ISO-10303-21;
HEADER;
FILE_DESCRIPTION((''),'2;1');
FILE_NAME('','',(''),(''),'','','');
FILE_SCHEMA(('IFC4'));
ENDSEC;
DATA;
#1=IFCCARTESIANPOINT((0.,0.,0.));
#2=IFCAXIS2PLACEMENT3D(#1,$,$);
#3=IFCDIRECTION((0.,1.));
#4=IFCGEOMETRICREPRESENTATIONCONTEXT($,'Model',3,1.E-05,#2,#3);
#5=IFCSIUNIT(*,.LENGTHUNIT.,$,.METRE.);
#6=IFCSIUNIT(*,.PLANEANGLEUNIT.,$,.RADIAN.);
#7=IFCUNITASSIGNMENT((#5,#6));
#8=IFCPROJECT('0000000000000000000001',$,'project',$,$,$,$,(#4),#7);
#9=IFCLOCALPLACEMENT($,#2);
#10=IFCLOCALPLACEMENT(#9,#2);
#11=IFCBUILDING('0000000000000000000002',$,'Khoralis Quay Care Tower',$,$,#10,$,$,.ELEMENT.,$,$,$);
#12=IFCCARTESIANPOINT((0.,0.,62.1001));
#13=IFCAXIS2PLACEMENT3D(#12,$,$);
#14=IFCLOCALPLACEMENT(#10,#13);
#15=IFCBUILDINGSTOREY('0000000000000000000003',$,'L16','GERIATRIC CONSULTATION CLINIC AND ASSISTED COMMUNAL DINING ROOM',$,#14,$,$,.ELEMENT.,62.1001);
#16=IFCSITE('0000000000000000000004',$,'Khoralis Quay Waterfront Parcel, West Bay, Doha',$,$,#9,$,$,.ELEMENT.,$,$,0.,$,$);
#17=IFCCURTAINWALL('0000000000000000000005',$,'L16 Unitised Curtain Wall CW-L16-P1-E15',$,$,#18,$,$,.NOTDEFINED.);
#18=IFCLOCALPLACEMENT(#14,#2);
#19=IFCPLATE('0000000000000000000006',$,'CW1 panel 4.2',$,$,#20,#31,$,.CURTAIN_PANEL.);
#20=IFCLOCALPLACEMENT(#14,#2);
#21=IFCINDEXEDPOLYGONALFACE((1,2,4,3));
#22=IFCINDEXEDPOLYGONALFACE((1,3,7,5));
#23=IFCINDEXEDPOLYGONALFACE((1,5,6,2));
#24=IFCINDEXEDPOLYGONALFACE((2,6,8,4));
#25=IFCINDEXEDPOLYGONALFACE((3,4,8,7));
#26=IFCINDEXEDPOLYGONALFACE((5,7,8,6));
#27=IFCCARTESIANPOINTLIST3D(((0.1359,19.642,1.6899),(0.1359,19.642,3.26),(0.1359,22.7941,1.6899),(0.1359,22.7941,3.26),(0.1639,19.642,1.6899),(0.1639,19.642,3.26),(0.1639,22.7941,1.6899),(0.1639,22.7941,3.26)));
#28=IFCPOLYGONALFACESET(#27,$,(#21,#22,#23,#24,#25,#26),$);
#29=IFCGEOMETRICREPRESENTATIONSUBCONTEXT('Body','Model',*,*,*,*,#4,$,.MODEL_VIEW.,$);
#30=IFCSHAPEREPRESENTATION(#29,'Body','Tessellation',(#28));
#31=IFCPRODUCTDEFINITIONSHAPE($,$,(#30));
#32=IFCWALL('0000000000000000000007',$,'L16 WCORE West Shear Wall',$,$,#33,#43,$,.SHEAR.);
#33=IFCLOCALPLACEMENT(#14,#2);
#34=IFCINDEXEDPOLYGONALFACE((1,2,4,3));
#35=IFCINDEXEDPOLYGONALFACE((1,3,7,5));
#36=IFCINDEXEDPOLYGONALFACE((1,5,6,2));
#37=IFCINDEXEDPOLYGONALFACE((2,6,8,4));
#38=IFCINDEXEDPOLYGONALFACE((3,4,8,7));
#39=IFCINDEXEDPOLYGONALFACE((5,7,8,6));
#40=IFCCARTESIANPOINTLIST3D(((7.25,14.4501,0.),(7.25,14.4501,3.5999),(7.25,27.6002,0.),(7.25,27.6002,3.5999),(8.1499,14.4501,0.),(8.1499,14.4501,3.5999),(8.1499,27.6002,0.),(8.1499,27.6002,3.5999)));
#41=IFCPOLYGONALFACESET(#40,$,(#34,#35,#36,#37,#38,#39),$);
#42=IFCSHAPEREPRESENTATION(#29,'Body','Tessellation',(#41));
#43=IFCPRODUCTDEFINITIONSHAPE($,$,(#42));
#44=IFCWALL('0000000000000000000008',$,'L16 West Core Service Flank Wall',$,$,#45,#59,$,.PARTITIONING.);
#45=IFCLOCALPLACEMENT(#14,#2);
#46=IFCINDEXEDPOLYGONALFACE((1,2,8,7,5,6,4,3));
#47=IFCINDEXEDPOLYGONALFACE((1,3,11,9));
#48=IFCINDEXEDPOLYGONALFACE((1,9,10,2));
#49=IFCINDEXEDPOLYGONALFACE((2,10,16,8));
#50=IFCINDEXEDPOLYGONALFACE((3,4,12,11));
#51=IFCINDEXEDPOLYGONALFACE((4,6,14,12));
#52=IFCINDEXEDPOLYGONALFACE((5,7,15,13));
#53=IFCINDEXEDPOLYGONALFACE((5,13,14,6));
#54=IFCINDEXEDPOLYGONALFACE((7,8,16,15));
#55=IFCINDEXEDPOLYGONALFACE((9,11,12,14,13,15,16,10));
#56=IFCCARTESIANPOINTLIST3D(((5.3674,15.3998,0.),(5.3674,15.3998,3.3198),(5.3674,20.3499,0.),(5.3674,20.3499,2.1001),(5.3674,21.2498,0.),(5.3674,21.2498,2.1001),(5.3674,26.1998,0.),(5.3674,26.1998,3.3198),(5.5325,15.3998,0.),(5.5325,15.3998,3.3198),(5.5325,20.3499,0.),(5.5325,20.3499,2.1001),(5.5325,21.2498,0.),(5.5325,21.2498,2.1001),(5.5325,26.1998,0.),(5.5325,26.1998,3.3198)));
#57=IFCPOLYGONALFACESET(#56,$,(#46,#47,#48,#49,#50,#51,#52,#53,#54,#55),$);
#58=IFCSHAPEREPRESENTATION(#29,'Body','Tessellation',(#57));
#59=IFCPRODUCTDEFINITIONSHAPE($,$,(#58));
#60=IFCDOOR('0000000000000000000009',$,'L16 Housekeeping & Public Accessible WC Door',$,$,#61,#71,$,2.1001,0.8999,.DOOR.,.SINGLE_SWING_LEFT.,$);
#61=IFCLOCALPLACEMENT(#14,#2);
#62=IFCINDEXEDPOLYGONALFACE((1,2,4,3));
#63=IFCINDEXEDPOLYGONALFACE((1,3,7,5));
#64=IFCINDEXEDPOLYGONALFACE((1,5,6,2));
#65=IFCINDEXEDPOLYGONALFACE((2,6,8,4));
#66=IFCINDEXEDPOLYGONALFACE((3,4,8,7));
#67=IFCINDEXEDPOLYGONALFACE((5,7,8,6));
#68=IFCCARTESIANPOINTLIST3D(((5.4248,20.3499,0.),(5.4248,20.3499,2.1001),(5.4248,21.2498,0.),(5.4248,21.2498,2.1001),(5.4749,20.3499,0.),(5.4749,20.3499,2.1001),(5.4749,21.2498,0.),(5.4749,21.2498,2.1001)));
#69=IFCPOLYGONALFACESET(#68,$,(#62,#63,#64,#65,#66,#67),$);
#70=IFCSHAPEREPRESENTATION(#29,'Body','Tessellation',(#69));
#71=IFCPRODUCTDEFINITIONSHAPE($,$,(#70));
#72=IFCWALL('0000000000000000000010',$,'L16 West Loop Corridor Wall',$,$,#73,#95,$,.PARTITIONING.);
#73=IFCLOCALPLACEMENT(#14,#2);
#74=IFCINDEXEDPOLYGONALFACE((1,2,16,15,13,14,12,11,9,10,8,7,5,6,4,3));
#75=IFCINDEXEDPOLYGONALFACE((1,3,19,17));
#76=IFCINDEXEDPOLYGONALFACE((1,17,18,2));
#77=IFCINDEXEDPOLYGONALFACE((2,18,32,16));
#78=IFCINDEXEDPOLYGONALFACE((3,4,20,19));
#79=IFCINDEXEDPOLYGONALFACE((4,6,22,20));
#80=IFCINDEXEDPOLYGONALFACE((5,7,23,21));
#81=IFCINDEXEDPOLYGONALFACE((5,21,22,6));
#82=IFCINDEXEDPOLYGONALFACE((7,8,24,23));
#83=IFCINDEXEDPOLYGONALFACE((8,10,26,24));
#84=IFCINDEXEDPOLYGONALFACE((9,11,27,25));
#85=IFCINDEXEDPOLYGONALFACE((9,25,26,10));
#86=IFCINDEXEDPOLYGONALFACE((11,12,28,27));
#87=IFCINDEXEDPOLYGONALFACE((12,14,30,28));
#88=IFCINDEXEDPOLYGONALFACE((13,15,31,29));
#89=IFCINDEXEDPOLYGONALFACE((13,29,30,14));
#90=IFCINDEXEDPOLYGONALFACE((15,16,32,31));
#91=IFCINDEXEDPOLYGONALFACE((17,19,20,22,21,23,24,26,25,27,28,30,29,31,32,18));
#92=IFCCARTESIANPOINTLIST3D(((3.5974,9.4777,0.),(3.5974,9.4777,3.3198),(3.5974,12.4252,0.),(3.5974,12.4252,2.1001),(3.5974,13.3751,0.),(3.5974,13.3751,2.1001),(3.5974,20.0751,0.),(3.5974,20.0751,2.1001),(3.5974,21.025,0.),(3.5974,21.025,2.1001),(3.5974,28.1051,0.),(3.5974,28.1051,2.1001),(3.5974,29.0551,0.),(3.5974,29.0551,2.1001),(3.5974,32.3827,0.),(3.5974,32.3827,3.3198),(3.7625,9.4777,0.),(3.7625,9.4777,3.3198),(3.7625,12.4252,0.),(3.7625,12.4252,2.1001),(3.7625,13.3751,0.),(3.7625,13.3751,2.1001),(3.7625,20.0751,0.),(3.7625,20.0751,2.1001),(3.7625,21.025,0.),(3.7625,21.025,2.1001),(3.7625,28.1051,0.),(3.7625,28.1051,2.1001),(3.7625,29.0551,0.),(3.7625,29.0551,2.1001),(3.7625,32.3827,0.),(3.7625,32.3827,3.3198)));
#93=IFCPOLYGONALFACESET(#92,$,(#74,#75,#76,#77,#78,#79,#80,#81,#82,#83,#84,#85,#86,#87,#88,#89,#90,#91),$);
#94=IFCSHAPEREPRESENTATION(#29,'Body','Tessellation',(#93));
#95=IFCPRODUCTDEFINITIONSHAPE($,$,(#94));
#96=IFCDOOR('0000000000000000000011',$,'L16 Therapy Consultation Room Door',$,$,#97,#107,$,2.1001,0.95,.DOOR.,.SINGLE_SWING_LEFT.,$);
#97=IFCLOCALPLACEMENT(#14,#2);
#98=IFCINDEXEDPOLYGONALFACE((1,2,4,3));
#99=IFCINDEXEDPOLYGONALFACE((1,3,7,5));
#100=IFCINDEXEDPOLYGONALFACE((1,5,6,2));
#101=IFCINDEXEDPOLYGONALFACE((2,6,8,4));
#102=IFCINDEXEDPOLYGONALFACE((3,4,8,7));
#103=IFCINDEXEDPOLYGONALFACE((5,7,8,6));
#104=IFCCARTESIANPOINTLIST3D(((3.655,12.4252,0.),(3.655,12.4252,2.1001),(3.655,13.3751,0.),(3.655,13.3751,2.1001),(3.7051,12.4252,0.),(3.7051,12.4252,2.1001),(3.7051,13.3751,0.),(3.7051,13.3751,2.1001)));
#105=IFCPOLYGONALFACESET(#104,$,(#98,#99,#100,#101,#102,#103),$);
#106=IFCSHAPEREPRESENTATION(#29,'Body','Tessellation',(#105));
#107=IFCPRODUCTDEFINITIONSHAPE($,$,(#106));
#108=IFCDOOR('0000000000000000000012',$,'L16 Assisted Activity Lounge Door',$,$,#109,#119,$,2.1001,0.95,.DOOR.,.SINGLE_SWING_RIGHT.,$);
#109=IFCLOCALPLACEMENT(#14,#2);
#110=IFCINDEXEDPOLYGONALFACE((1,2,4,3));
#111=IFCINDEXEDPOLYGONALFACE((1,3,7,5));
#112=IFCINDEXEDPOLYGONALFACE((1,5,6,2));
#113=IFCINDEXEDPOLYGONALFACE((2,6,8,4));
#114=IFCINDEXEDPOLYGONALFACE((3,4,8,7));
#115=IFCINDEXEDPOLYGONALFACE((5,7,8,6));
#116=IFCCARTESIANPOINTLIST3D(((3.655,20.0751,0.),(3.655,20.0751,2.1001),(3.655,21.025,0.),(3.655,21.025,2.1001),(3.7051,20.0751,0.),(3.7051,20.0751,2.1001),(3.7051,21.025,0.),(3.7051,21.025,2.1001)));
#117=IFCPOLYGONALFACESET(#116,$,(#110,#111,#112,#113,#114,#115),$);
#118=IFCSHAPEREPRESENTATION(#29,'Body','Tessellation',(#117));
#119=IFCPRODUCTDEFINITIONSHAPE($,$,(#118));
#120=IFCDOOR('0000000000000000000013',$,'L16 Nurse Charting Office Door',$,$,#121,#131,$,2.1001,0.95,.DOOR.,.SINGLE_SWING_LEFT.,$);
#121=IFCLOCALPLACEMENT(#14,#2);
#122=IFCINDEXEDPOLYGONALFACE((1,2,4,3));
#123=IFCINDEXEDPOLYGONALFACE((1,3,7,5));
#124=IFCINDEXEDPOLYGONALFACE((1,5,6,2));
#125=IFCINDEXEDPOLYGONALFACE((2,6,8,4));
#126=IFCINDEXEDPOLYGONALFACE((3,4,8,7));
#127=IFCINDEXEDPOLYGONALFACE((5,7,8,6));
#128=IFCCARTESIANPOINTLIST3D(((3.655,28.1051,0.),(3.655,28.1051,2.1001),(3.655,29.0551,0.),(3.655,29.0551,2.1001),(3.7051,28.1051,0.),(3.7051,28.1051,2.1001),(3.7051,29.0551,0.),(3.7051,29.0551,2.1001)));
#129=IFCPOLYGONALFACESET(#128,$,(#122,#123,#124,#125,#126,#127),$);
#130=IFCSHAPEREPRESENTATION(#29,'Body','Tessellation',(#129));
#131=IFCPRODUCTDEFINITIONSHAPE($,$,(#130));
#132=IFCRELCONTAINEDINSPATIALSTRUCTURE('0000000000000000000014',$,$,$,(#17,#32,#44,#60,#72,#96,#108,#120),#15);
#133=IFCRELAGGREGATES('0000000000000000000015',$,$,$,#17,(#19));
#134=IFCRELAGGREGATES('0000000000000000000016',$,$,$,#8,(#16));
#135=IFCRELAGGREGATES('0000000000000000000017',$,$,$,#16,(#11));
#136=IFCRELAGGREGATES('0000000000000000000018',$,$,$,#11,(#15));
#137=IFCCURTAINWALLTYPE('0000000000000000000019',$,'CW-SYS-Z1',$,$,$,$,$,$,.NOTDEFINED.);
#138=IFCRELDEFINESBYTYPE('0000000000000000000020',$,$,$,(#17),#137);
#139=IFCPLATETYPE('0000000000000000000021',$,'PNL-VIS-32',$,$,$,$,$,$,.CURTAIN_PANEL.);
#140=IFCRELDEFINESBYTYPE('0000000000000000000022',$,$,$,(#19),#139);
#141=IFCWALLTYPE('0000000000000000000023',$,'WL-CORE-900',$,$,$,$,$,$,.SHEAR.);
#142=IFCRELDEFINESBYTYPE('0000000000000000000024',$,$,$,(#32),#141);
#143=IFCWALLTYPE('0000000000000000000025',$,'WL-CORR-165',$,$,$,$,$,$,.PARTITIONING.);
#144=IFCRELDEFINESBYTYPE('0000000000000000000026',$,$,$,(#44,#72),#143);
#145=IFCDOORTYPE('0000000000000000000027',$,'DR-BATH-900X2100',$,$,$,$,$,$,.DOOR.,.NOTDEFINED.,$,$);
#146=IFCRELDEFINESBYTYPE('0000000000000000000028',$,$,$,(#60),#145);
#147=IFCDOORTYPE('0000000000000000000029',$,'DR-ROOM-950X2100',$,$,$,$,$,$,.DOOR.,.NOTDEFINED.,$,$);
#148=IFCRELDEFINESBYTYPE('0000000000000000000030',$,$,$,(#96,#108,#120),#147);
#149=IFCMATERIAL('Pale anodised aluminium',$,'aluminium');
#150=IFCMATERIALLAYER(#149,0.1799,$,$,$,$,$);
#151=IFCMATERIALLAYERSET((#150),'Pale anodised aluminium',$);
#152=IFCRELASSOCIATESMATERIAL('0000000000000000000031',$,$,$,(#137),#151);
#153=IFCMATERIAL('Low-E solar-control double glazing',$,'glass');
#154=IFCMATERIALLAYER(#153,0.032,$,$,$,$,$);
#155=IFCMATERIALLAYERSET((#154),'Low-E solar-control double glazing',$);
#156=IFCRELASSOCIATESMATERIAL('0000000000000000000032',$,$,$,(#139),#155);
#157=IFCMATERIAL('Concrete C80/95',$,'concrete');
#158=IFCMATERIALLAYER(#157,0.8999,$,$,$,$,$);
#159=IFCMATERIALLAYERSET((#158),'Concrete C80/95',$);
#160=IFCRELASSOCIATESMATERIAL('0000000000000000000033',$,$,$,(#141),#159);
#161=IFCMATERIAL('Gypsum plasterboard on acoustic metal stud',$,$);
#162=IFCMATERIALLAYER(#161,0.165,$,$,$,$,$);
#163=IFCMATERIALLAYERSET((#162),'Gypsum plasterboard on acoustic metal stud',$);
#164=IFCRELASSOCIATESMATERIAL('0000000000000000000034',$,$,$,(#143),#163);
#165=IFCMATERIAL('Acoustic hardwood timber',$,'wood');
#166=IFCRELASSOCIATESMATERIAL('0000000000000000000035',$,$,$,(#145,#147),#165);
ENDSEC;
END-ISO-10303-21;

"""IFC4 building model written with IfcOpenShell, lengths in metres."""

from ifc_helpers import new_model, si_unit, direction, frame, frame_2d, origin, origin_2d, place, context, subcontext, project, spatial, rectangle, extrude, source, transform, mapped, material, layer, layer_set, type_object, element, fill, aggregate, save


model = new_model("IFC4")

# Units and contexts
model_context = context("Model", 3, precision=1e-05, world=origin(), true_north=direction((0.0, 1.0)))
body_context = subcontext(model_context, "Body", "Model", "MODEL_VIEW")
ifc_project = project(units=[si_unit("LENGTHUNIT", "METRE"), si_unit("PLANEANGLEUNIT", "RADIAN")], contexts=[model_context])

# Site, building, storey
site_placement = place(None, origin())
site = spatial("IfcSite", under=ifc_project, at=site_placement, Name="Khoralis Quay Waterfront Parcel, West Bay, Doha", CompositionType="ELEMENT", RefElevation=0.0)
building_placement = place(site_placement, origin())
building = spatial("IfcBuilding", under=site, at=building_placement, Name="Khoralis Quay Care Tower", CompositionType="ELEMENT")
storey_placement = place(building_placement, frame((0.0, 0.0, 62.1001)))
storey = spatial("IfcBuildingStorey", under=building, at=storey_placement, Name="L16", Description="GERIATRIC CONSULTATION CLINIC AND ASSISTED COMMUNAL DINING ROOM", CompositionType="ELEMENT", Elevation=62.1001)

# Shared definitions
ifc_material_1 = material(Name="Concrete C80/95", Category="concrete")

# Curtain wall, plate
ifc_material_2 = material(Name="Pale anodised aluminium", Category="aluminium")
ifc_layer_1 = layer(ifc_material_2, 0.1799)
ifc_layer_set_1 = layer_set([ifc_layer_1], Name="Pale anodised aluminium")
curtain_wall_type = type_object("IfcCurtainWallType", Name="CW-SYS-Z1", PredefinedType="NOTDEFINED", material=ifc_layer_set_1)
curtain_wall_placement = place(storey_placement, origin())
curtain_wall = element("IfcCurtainWall", 1, at=curtain_wall_placement, inside=storey, type_object=curtain_wall_type, Name="L16 Unitised Curtain Wall CW-L16-P1-E15", PredefinedType="NOTDEFINED")
ifc_material_3 = material(Name="Low-E solar-control double glazing", Category="glass")
ifc_layer_2 = layer(ifc_material_3, 0.032)
ifc_layer_set_2 = layer_set([ifc_layer_2], Name="Low-E solar-control double glazing")
plate_type = type_object("IfcPlateType", Name="PNL-VIS-32", PredefinedType="CURTAIN_PANEL", material=ifc_layer_set_2)
shared_shape_1 = source(origin(), body_context, "Body", "SweptSolid", [
    extrude(rectangle(XDim=3.1521, YDim=0.0281, at=origin_2d()), origin(), (0.0, 0.0, 1.0), 1.5701),
])
plate_1_placement = place(storey_placement, frame((0.1499, 21.218, 1.6899), z_axis=(0.0, 0.0, 1.0), x_axis=(0.0, -1.0, 0.0)))
plate_1 = element("IfcPlate", 2, at=plate_1_placement, type_object=plate_type, Name="CW1 panel 4.2", PredefinedType="CURTAIN_PANEL", context=body_context, shape_type="MappedRepresentation", body=[
    mapped(shared_shape_1, transform((0.0, 0.0, 0.0), scale=1.0)),
])
aggregate(curtain_wall, [plate_1])

# Wall
ifc_layer_3 = layer(ifc_material_1, 0.8999)
ifc_layer_set_3 = layer_set([ifc_layer_3], Name="Concrete C80/95")
wall_type_1 = type_object("IfcWallType", Name="WL-CORE-900", PredefinedType="SHEAR", material=ifc_layer_set_3)
wall_1_placement = place(storey_placement, frame((7.7, 14.45, 0.0), z_axis=(0.0, 0.0, 1.0), x_axis=(0.0, 1.0, 0.0)))
element("IfcWall", 3, at=wall_1_placement, inside=storey, type_object=wall_type_1, Name="L16 WCORE West Shear Wall", PredefinedType="SHEAR", context=body_context, shape_type="SweptSolid", body=[
    extrude(rectangle(XDim=13.1501, YDim=0.8999, at=frame_2d((6.5752, 0.0))), origin(), (0.0, 0.0, 1.0), 3.5999),
])

# Wall, opening, door
ifc_material_4 = material(Name="Gypsum plasterboard on acoustic metal stud")
ifc_layer_4 = layer(ifc_material_4, 0.165)
ifc_layer_set_4 = layer_set([ifc_layer_4], Name="Gypsum plasterboard on acoustic metal stud")
wall_type_2 = type_object("IfcWallType", Name="WL-CORR-165", PredefinedType="PARTITIONING", material=ifc_layer_set_4)
wall_2_placement = place(storey_placement, frame((5.45, 15.3999, 0.0), z_axis=(0.0, 0.0, 1.0), x_axis=(0.0, 1.0, 0.0)))
wall_2 = element("IfcWall", 4, at=wall_2_placement, inside=storey, type_object=wall_type_2, Name="L16 West Core Service Flank Wall", PredefinedType="PARTITIONING", context=body_context, shape_type="SweptSolid", body=[
    extrude(rectangle(XDim=10.8, YDim=0.165, at=frame_2d((5.3999, 0.0))), origin(), (0.0, 0.0, 1.0), 3.3198),
])
opening_1_placement = place(wall_2_placement, frame((4.95, 0.0, 0.0)))
opening_1 = element("IfcOpeningElement", 5, at=opening_1_placement, cuts=wall_2, PredefinedType="OPENING", context=body_context, shape_type="SweptSolid", body=[
    extrude(rectangle(XDim=0.8999, YDim=2.1001, at=frame_2d((0.45, 1.05))), frame((0.0, 0.0925, 0.0), z_axis=(0.0, -1.0, 0.0), x_axis=(1.0, 0.0, 0.0)), (0.0, 0.0, 1.0), 0.1851),
])
ifc_material_5 = material(Name="Acoustic hardwood timber", Category="wood")
door_type_1 = type_object("IfcDoorType", Name="DR-BATH-900X2100", OperationType="NOTDEFINED", PredefinedType="DOOR", material=ifc_material_5)
shared_shape_2 = source(origin(), body_context, "Body", "SweptSolid", [
    extrude(rectangle(XDim=0.8999, YDim=2.1001, at=frame_2d((0.45, 1.05))), frame((0.0, 0.0249, 0.0), z_axis=(0.0, -1.0, 0.0), x_axis=(1.0, 0.0, 0.0)), (0.0, 0.0, 1.0), 0.05),
])
door_1_placement = place(opening_1_placement, frame((0.8999, 0.0, 0.0), z_axis=(0.0, 0.0, 1.0), x_axis=(-1.0, 0.0, 0.0)))
door_1 = element("IfcDoor", 6, at=door_1_placement, inside=storey, type_object=door_type_1, Name="L16 Housekeeping & Public Accessible WC Door", OperationType="SINGLE_SWING_LEFT", OverallHeight=2.1001, OverallWidth=0.8999, PredefinedType="DOOR", context=body_context, shape_type="MappedRepresentation", body=[
    mapped(shared_shape_2, transform((0.0, 0.0, 0.0), scale=1.0)),
])
fill(opening_1, door_1)

# Wall, openings, doors
wall_3_placement = place(storey_placement, frame((3.6799, 9.4775, 0.0), z_axis=(0.0, 0.0, 1.0), x_axis=(0.0, 1.0, 0.0)))
wall_3 = element("IfcWall", 7, at=wall_3_placement, inside=storey, type_object=wall_type_2, Name="L16 West Loop Corridor Wall", PredefinedType="PARTITIONING", context=body_context, shape_type="SweptSolid", body=[
    extrude(rectangle(XDim=22.905, YDim=0.165, at=frame_2d((11.4526, 0.0))), origin(), (0.0, 0.0, 1.0), 3.3198),
])
opening_2_placement = place(wall_3_placement, frame((2.9475, 0.0, 0.0)))
opening_2 = element("IfcOpeningElement", 8, at=opening_2_placement, cuts=wall_3, PredefinedType="OPENING", context=body_context, shape_type="SweptSolid", body=[
    extrude(rectangle(XDim=0.95, YDim=2.1001, at=frame_2d((0.4751, 1.05))), frame((0.0, 0.0925, 0.0), z_axis=(0.0, -1.0, 0.0), x_axis=(1.0, 0.0, 0.0)), (0.0, 0.0, 1.0), 0.1851),
])
opening_3_placement = place(wall_3_placement, frame((10.5974, 0.0, 0.0)))
opening_3 = element("IfcOpeningElement", 9, at=opening_3_placement, cuts=wall_3, PredefinedType="OPENING", context=body_context, shape_type="SweptSolid", body=[
    extrude(rectangle(XDim=0.95, YDim=2.1001, at=frame_2d((0.4751, 1.05))), frame((0.0, 0.0925, 0.0), z_axis=(0.0, -1.0, 0.0), x_axis=(1.0, 0.0, 0.0)), (0.0, 0.0, 1.0), 0.1851),
])
opening_4_placement = place(wall_3_placement, frame((18.6274, 0.0, 0.0)))
opening_4 = element("IfcOpeningElement", 10, at=opening_4_placement, cuts=wall_3, PredefinedType="OPENING", context=body_context, shape_type="SweptSolid", body=[
    extrude(rectangle(XDim=0.95, YDim=2.1001, at=frame_2d((0.4751, 1.05))), frame((0.0, 0.0925, 0.0), z_axis=(0.0, -1.0, 0.0), x_axis=(1.0, 0.0, 0.0)), (0.0, 0.0, 1.0), 0.1851),
])
door_type_2 = type_object("IfcDoorType", Name="DR-ROOM-950X2100", OperationType="NOTDEFINED", PredefinedType="DOOR", material=ifc_material_5)
shared_shape_3 = source(origin(), body_context, "Body", "SweptSolid", [
    extrude(rectangle(XDim=0.95, YDim=2.1001, at=frame_2d((0.4751, 1.05))), frame((0.0, 0.0249, 0.0), z_axis=(0.0, -1.0, 0.0), x_axis=(1.0, 0.0, 0.0)), (0.0, 0.0, 1.0), 0.05),
])
door_2_placement = place(opening_2_placement, origin())
door_2 = element("IfcDoor", 11, at=door_2_placement, inside=storey, type_object=door_type_2, Name="L16 Therapy Consultation Room Door", OperationType="SINGLE_SWING_LEFT", OverallHeight=2.1001, OverallWidth=0.95, PredefinedType="DOOR", context=body_context, shape_type="MappedRepresentation", body=[
    mapped(shared_shape_3, transform((0.0, 0.0, 0.0), scale=1.0)),
])
fill(opening_2, door_2)
door_3_placement = place(opening_3_placement, origin())
door_3 = element("IfcDoor", 12, at=door_3_placement, inside=storey, type_object=door_type_2, Name="L16 Assisted Activity Lounge Door", OperationType="SINGLE_SWING_RIGHT", OverallHeight=2.1001, OverallWidth=0.95, PredefinedType="DOOR", context=body_context, shape_type="MappedRepresentation", body=[
    mapped(shared_shape_3, transform((0.0, 0.0, 0.0), scale=1.0)),
])
fill(opening_3, door_3)
door_4_placement = place(opening_4_placement, origin())
door_4 = element("IfcDoor", 13, at=door_4_placement, inside=storey, type_object=door_type_2, Name="L16 Nurse Charting Office Door", OperationType="SINGLE_SWING_LEFT", OverallHeight=2.1001, OverallWidth=0.95, PredefinedType="DOOR", context=body_context, shape_type="MappedRepresentation", body=[
    mapped(shared_shape_3, transform((0.0, 0.0, 0.0), scale=1.0)),
])
fill(opening_4, door_4)

save(model, "model.ifc")
